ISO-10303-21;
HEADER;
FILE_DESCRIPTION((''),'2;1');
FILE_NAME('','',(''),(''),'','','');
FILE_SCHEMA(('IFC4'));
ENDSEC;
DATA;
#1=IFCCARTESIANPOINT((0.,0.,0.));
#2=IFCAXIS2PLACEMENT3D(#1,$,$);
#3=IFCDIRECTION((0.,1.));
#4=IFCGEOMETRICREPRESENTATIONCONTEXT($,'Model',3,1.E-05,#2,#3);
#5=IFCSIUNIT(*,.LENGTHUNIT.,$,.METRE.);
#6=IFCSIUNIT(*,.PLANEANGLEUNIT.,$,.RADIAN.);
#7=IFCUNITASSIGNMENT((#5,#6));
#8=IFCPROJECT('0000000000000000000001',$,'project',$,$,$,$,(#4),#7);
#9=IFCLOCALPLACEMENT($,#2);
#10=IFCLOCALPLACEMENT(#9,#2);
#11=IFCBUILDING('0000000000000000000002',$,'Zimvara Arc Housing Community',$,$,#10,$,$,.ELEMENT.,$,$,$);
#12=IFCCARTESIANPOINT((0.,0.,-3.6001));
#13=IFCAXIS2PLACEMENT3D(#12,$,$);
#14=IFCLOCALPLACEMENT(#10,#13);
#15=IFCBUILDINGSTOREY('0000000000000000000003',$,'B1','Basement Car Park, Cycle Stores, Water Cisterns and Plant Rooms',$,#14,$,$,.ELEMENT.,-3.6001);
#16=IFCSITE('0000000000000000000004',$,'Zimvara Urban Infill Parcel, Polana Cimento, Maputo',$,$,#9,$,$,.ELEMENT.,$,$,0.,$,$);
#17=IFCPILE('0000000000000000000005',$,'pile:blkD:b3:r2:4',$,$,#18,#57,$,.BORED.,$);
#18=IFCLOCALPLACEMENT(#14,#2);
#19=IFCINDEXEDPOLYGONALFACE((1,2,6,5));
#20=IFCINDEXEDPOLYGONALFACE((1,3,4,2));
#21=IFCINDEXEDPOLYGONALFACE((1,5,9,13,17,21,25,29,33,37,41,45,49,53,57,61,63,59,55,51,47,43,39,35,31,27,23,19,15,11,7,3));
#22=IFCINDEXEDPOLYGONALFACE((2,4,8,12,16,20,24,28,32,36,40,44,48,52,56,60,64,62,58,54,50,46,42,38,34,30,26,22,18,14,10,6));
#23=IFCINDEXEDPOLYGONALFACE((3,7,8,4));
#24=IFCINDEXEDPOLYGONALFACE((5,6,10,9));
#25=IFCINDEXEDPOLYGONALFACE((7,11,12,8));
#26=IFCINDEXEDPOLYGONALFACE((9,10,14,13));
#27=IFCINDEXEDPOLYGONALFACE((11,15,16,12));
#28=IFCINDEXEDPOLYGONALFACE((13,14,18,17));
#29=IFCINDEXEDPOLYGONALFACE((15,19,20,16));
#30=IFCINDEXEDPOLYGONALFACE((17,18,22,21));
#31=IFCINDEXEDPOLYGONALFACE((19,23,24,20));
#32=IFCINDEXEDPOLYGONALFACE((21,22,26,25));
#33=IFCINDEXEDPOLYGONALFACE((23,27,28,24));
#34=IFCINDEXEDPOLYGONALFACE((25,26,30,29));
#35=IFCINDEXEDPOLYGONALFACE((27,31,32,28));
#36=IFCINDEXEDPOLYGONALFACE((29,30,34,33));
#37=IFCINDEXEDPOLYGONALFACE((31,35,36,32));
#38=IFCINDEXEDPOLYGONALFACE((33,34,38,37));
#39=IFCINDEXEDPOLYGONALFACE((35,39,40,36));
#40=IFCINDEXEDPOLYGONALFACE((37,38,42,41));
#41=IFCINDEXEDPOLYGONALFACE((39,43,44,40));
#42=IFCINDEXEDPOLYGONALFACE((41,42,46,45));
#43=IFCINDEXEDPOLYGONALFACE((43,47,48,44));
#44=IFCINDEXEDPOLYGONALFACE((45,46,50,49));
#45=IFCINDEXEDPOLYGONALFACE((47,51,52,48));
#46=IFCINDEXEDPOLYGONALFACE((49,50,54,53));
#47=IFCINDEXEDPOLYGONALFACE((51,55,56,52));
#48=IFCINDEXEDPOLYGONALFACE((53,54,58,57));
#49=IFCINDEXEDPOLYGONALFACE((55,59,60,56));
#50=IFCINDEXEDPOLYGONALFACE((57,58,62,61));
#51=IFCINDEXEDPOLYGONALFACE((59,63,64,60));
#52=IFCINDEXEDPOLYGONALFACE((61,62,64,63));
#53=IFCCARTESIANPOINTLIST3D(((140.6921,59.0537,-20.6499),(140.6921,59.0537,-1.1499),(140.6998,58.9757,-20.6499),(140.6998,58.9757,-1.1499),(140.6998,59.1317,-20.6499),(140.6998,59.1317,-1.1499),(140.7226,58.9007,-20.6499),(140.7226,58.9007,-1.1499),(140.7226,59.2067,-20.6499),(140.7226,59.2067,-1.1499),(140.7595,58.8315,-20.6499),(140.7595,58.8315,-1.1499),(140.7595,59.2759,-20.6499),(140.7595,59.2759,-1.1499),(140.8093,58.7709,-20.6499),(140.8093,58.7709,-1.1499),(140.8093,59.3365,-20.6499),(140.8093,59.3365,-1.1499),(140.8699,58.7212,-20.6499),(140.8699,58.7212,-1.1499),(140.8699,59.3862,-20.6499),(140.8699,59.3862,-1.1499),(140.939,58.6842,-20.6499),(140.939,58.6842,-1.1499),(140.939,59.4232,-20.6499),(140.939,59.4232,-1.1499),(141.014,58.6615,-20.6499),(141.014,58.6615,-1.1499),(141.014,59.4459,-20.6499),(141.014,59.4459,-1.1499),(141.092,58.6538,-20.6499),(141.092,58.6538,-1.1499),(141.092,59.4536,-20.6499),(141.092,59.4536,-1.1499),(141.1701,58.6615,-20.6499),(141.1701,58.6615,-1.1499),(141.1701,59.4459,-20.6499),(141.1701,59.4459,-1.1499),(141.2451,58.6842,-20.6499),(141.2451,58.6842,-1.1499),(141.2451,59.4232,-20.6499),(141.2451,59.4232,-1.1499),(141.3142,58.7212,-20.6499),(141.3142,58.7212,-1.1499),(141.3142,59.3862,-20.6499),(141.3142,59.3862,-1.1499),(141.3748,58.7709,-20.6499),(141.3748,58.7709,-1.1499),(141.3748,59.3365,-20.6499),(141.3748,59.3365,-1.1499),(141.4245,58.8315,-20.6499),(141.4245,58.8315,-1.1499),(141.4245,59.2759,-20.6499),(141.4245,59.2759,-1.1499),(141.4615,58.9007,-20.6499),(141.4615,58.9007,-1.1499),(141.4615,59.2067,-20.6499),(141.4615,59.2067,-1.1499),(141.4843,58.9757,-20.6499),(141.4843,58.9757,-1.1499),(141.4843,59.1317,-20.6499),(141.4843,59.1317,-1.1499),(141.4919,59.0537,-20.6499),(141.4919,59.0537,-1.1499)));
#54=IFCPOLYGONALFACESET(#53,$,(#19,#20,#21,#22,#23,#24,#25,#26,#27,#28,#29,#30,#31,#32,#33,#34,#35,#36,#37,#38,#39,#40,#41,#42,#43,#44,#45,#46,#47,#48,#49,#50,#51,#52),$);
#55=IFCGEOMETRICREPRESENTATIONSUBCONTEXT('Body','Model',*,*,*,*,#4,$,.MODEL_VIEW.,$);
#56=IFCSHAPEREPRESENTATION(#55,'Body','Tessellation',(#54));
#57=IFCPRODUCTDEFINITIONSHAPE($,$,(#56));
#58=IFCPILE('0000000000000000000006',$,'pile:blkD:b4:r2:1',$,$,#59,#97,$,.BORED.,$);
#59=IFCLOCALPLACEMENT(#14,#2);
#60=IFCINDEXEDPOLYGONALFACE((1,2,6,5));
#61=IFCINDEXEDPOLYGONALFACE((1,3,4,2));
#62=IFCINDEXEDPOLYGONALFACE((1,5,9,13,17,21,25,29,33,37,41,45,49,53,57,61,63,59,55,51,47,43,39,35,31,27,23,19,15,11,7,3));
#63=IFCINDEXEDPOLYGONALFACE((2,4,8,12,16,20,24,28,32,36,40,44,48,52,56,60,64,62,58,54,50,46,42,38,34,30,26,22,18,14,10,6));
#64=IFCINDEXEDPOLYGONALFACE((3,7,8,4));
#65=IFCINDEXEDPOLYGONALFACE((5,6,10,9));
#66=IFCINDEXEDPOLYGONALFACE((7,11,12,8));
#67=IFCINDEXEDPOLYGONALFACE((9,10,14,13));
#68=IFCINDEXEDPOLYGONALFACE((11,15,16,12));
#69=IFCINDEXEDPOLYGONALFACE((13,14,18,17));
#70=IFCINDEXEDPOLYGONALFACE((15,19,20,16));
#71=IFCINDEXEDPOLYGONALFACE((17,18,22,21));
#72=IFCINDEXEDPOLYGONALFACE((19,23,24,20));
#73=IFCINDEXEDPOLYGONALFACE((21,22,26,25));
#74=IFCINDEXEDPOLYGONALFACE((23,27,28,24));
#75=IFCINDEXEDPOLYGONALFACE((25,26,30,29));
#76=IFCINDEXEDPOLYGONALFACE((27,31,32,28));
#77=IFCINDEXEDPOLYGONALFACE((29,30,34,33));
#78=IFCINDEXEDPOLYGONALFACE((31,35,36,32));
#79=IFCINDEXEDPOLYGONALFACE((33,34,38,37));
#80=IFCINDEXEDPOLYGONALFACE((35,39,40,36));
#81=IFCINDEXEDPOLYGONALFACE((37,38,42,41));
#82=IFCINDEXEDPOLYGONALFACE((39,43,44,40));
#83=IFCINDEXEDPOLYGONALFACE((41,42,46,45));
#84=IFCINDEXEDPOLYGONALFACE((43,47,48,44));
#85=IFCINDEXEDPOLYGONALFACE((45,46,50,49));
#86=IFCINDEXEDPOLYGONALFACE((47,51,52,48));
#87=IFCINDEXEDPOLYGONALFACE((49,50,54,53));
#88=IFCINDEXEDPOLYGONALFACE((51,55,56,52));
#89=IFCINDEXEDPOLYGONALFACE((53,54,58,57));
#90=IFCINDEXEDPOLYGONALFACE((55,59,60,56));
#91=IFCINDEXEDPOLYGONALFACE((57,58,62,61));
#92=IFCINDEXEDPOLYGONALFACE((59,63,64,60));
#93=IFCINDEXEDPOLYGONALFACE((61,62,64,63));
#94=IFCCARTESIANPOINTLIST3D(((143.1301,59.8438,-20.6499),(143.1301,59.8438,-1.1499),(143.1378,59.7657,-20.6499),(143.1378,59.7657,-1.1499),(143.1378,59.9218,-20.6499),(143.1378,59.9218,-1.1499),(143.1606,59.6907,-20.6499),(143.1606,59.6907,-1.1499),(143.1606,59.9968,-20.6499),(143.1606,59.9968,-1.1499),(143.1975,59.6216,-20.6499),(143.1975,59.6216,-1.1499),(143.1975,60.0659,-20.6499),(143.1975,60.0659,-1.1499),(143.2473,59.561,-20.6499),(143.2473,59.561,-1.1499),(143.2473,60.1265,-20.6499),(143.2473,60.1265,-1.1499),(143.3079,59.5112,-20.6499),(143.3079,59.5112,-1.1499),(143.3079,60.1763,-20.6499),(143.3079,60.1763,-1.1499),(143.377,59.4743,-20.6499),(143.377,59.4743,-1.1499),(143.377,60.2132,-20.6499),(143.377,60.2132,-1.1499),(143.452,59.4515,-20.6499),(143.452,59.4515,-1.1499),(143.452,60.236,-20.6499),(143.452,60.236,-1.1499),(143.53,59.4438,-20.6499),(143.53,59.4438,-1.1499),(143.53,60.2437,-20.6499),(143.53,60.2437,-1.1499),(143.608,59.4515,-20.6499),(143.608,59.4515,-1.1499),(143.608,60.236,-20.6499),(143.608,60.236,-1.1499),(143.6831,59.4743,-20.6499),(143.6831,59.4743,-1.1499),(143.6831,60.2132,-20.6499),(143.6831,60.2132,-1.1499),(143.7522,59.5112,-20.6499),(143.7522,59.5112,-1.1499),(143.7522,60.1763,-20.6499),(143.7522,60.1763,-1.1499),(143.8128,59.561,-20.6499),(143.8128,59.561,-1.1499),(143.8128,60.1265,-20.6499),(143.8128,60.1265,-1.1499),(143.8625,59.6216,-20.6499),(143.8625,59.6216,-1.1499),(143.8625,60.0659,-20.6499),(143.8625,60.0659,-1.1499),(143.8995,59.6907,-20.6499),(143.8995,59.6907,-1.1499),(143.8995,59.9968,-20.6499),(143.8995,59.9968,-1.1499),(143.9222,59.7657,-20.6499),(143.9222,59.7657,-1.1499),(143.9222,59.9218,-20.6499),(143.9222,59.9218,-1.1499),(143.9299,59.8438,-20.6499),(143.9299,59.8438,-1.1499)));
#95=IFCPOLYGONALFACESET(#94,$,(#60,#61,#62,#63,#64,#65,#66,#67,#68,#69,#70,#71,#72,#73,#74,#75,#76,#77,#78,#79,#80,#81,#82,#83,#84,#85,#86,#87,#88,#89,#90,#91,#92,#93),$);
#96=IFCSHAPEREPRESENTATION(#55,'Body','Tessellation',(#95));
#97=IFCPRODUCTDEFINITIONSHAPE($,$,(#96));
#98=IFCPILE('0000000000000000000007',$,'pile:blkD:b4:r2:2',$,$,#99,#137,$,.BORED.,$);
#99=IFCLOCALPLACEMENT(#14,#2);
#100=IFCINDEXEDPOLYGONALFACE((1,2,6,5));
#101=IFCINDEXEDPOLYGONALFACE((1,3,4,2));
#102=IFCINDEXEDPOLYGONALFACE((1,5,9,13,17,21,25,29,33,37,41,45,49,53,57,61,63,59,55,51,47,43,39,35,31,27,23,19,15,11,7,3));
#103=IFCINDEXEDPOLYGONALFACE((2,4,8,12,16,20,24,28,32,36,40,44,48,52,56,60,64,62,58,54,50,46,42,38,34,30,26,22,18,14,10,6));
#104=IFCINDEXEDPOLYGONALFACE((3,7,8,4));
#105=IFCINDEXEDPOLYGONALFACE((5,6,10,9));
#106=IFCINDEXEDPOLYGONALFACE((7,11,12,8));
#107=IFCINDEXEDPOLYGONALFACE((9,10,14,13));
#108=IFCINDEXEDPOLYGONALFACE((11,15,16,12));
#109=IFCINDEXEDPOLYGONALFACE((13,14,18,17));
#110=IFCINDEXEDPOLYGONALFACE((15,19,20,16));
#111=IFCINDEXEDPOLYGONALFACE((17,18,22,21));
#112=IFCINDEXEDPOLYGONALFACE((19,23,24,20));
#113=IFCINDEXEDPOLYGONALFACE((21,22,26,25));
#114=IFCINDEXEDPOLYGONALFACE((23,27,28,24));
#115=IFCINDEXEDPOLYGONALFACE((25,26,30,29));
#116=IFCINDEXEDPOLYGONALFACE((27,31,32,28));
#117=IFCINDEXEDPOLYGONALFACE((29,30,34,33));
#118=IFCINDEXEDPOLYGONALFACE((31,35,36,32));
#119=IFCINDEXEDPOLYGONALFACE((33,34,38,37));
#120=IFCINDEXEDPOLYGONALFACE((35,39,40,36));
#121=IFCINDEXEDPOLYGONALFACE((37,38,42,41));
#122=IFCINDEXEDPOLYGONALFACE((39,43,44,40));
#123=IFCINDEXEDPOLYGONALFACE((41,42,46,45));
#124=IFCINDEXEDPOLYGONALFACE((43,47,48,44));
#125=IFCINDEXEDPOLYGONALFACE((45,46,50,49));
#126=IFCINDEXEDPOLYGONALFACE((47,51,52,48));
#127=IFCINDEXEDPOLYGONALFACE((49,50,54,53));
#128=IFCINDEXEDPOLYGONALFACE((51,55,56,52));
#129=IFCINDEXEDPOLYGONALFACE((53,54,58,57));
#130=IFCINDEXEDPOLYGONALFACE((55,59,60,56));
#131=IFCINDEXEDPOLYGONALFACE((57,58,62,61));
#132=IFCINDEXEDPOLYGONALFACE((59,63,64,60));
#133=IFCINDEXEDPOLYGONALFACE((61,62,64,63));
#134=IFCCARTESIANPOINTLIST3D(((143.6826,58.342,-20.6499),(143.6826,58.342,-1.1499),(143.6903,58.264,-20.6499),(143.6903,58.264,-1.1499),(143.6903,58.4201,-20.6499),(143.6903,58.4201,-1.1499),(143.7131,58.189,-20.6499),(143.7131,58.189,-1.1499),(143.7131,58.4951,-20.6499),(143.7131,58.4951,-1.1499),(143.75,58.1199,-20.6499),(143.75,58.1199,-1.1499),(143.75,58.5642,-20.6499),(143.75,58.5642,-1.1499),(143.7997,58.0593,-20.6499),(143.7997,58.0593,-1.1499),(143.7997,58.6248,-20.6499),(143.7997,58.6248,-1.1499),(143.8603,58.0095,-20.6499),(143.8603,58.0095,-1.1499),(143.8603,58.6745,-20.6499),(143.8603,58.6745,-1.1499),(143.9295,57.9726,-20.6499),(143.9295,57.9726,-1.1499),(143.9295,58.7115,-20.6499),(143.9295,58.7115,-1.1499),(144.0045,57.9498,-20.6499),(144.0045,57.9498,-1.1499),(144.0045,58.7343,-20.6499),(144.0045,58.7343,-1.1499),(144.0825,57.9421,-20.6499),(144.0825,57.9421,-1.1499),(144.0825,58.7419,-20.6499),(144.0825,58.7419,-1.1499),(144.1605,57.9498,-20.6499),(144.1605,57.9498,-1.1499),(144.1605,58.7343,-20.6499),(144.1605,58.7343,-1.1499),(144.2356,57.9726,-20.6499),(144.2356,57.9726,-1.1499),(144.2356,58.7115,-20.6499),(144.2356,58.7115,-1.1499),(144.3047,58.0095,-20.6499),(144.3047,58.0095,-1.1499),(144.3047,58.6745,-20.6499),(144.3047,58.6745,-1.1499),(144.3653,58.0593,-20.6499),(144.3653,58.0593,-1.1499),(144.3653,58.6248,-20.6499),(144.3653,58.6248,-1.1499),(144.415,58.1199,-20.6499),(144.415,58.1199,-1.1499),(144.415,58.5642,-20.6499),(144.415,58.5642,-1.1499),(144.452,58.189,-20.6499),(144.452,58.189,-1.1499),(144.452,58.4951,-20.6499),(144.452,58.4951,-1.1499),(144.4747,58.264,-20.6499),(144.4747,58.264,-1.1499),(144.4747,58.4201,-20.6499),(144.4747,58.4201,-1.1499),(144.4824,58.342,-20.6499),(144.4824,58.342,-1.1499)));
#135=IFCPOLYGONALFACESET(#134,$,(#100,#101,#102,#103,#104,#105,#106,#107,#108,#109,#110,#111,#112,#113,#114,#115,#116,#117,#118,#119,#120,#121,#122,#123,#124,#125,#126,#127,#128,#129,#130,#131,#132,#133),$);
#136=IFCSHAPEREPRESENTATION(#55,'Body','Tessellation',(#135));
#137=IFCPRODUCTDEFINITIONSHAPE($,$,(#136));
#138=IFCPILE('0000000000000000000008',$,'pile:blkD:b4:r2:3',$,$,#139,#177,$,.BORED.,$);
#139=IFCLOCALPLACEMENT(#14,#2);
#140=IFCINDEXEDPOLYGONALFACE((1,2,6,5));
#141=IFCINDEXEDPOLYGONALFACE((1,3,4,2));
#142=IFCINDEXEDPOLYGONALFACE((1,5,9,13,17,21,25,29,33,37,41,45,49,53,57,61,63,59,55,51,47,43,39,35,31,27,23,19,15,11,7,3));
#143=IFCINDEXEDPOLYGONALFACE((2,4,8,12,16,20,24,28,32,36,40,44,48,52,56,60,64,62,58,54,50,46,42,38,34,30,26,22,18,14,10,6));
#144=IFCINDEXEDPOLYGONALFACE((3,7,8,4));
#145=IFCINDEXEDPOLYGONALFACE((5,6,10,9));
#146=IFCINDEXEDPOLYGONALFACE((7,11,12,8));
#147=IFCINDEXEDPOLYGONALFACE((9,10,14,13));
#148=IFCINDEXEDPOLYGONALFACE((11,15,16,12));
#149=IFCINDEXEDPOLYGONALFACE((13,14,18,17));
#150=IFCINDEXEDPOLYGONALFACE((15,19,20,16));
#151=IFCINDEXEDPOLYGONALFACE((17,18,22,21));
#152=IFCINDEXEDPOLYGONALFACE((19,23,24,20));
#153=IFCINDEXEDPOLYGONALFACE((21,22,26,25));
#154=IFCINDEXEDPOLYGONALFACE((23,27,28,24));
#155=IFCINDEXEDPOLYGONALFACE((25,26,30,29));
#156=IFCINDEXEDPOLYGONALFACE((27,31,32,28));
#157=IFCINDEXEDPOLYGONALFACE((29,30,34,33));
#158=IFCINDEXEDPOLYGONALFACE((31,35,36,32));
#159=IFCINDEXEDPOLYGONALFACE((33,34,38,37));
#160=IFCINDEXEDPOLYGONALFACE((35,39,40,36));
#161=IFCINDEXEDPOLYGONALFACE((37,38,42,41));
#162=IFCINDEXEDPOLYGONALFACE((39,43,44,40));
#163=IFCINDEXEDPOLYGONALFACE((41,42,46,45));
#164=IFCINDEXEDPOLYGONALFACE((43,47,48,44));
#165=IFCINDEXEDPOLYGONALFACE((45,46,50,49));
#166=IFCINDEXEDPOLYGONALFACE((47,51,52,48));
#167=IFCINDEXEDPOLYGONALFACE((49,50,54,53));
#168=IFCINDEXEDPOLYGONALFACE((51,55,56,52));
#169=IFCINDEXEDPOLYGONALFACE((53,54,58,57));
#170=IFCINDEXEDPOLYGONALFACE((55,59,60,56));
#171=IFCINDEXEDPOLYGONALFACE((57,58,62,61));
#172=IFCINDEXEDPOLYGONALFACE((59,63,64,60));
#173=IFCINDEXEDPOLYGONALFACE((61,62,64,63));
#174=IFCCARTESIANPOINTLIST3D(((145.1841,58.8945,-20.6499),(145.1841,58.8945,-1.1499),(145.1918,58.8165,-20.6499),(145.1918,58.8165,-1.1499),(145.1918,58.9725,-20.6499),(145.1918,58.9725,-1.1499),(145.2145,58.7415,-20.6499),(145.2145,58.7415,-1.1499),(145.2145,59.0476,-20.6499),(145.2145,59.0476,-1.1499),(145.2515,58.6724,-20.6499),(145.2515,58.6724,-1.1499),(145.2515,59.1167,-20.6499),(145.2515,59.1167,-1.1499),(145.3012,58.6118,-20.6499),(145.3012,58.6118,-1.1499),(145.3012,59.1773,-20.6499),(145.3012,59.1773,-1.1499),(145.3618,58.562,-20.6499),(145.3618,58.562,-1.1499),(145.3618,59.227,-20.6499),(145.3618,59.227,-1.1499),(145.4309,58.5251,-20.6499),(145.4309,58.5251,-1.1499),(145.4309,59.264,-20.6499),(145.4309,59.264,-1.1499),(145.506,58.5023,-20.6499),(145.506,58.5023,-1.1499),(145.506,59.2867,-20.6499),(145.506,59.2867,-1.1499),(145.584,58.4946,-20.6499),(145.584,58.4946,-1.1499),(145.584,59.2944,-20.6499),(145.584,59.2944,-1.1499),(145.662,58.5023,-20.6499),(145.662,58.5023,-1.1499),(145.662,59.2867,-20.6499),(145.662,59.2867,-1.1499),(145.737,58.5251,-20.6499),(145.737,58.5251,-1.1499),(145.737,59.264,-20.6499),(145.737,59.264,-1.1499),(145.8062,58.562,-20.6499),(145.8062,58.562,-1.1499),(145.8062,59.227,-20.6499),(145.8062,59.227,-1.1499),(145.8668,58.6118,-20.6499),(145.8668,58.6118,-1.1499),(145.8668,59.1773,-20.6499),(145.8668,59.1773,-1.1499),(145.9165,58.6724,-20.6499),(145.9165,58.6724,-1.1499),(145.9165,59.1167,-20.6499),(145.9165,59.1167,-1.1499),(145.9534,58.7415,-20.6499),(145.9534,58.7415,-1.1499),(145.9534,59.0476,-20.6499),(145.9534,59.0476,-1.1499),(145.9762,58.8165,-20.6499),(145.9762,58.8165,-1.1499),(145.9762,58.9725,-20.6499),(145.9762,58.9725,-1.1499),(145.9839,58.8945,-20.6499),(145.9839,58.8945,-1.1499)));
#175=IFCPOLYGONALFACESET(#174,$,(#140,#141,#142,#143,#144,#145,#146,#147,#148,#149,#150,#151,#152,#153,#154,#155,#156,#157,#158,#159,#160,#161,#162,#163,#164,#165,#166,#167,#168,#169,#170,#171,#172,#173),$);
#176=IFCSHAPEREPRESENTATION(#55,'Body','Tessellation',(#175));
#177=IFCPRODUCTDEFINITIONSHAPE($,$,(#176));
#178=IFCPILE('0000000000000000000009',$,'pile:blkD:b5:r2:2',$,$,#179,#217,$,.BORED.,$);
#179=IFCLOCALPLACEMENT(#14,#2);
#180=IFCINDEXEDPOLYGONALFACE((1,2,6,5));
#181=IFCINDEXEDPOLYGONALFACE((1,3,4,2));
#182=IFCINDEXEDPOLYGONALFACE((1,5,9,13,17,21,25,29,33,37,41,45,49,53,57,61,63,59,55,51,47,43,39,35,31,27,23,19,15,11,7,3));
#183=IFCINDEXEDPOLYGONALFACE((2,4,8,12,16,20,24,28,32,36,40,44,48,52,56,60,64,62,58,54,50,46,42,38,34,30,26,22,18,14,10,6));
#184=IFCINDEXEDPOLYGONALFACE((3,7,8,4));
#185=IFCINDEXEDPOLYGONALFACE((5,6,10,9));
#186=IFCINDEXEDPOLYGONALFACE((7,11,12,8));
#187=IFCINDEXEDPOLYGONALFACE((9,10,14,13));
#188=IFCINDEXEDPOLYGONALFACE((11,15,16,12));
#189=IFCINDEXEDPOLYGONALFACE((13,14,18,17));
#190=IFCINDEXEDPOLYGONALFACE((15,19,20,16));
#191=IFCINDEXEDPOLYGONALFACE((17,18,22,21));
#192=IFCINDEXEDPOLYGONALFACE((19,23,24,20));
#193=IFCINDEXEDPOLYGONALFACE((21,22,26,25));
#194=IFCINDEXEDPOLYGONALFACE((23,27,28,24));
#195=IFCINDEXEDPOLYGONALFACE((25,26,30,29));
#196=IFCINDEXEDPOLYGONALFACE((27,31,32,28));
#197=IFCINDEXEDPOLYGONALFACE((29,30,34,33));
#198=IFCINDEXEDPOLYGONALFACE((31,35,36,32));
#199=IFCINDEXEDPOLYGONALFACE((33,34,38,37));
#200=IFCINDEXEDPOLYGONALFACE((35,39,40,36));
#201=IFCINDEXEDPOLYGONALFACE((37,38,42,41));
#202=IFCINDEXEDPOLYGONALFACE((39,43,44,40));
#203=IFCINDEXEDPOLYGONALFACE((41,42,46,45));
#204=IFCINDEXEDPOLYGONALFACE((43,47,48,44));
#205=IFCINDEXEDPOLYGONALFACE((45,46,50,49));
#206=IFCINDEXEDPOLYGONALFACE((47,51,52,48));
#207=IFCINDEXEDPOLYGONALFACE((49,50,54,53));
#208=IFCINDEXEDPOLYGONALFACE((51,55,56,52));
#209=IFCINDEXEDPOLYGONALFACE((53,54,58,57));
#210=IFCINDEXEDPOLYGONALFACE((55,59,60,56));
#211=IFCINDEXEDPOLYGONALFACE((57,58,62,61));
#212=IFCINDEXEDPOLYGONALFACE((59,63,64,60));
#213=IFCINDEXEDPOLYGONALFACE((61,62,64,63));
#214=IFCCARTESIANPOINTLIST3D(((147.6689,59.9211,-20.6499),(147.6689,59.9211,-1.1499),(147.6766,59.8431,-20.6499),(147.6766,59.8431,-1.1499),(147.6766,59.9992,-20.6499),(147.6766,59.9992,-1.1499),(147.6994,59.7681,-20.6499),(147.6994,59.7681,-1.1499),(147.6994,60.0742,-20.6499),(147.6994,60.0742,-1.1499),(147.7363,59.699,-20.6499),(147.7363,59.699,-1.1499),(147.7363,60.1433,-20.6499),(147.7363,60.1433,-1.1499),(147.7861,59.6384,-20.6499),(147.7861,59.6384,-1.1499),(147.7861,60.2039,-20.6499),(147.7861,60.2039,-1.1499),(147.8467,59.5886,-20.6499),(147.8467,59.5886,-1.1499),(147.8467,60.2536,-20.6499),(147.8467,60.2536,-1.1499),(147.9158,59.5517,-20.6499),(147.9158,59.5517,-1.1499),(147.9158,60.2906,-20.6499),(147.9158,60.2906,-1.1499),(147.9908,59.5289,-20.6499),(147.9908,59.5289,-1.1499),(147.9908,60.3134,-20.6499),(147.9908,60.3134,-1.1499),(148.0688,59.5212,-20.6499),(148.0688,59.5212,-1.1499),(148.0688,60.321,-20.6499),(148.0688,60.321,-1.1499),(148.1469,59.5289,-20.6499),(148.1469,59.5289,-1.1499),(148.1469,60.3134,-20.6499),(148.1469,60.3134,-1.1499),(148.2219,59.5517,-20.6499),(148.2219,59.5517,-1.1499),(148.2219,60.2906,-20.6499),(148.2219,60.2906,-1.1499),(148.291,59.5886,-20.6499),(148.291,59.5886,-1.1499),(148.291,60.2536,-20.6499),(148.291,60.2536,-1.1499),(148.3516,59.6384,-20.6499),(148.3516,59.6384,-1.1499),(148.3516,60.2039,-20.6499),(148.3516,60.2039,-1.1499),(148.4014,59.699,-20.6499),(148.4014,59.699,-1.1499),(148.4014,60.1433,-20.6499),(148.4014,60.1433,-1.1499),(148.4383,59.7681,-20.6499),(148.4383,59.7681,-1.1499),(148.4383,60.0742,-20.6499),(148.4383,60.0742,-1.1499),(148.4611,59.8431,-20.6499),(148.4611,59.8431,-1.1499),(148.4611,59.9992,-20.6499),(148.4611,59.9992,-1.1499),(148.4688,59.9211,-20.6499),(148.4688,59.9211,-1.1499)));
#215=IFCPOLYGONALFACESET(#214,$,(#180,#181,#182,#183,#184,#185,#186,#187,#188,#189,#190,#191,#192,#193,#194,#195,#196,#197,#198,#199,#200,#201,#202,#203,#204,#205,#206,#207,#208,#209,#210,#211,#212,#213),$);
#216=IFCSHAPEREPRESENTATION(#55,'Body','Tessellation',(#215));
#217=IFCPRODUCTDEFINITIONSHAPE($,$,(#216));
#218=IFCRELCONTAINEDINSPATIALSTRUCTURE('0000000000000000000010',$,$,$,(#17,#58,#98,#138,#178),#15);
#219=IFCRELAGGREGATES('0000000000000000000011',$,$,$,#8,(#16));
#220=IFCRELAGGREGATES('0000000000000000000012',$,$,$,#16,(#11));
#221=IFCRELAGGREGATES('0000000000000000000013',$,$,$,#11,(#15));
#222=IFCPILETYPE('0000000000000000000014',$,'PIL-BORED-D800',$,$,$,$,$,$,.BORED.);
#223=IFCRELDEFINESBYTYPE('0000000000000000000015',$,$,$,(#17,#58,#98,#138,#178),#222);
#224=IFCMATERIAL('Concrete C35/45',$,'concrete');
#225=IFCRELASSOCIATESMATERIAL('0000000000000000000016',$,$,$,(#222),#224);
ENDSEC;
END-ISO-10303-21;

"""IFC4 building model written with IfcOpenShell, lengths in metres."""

from ifc_helpers import new_model, si_unit, direction, frame, origin, origin_2d, place, context, subcontext, project, spatial, circle, extrude, material, material_profile, profile_set, type_object, element, save


model = new_model("IFC4")

# Units and contexts
model_context = context("Model", 3, precision=1e-05, world=origin(), true_north=direction((0.0, 1.0)))
body_context = subcontext(model_context, "Body", "Model", "MODEL_VIEW")
ifc_project = project(units=[si_unit("LENGTHUNIT", "METRE"), si_unit("PLANEANGLEUNIT", "RADIAN")], contexts=[model_context])

# Site, building, storey
site_placement = place(None, origin())
site = spatial("IfcSite", under=ifc_project, at=site_placement, Name="Zimvara Urban Infill Parcel, Polana Cimento, Maputo", CompositionType="ELEMENT", RefElevation=0.0)
building_placement = place(site_placement, origin())
building = spatial("IfcBuilding", under=site, at=building_placement, Name="Zimvara Arc Housing Community", CompositionType="ELEMENT")
storey_placement = place(building_placement, frame((0.0, 0.0, -3.6001)))
storey = spatial("IfcBuildingStorey", under=building, at=storey_placement, Name="B1", Description="Basement Car Park, Cycle Stores, Water Cisterns and Plant Rooms", CompositionType="ELEMENT", Elevation=-3.6001)

# Piles
ifc_material_1 = material(Name="Concrete C35/45", Category="concrete")
ifc_material_profile_1 = material_profile(ifc_material_1, circle(Radius=0.3999, at=origin_2d()), Name="PILE D800")
ifc_profile_set_1 = profile_set([ifc_material_profile_1], Name="Concrete C35/45")
pile_type_1 = type_object("IfcPileType", Name="PIL-BORED-D800", PredefinedType="BORED", material=ifc_profile_set_1)
for number, where, z_axis, x_axis, name in (
    (1, (141.092, 59.0537, -1.1499), (0.0, 0.0, -1.0), (1.0, 0.0, 0.0), "pile:blkD:b3:r2:4"),
    (2, (143.53, 59.8438, -1.1499), (0.0, 0.0, -1.0), (1.0, 0.0, 0.0), "pile:blkD:b4:r2:1"),
    (3, (144.0825, 58.342, -1.1499), (0.0, 0.0, -1.0), (1.0, 0.0, 0.0), "pile:blkD:b4:r2:2"),
    (4, (145.584, 58.8945, -1.1499), (0.0, 0.0, -1.0), (1.0, 0.0, 0.0), "pile:blkD:b4:r2:3"),
    (5, (148.0688, 59.9211, -1.1499), (0.0, 0.0, -1.0), (1.0, 0.0, 0.0), "pile:blkD:b5:r2:2"),
):
    element("IfcPile", number, at=place(storey_placement, frame(where, z_axis=z_axis, x_axis=x_axis)), inside=storey, type_object=pile_type_1, Name=name, PredefinedType="BORED", context=body_context, shape_type="SweptSolid", body=[
        extrude(circle(Radius=0.3999, at=origin_2d()), origin(), (0.0, 0.0, 1.0), 19.5),
    ])

save(model, "model.ifc")
